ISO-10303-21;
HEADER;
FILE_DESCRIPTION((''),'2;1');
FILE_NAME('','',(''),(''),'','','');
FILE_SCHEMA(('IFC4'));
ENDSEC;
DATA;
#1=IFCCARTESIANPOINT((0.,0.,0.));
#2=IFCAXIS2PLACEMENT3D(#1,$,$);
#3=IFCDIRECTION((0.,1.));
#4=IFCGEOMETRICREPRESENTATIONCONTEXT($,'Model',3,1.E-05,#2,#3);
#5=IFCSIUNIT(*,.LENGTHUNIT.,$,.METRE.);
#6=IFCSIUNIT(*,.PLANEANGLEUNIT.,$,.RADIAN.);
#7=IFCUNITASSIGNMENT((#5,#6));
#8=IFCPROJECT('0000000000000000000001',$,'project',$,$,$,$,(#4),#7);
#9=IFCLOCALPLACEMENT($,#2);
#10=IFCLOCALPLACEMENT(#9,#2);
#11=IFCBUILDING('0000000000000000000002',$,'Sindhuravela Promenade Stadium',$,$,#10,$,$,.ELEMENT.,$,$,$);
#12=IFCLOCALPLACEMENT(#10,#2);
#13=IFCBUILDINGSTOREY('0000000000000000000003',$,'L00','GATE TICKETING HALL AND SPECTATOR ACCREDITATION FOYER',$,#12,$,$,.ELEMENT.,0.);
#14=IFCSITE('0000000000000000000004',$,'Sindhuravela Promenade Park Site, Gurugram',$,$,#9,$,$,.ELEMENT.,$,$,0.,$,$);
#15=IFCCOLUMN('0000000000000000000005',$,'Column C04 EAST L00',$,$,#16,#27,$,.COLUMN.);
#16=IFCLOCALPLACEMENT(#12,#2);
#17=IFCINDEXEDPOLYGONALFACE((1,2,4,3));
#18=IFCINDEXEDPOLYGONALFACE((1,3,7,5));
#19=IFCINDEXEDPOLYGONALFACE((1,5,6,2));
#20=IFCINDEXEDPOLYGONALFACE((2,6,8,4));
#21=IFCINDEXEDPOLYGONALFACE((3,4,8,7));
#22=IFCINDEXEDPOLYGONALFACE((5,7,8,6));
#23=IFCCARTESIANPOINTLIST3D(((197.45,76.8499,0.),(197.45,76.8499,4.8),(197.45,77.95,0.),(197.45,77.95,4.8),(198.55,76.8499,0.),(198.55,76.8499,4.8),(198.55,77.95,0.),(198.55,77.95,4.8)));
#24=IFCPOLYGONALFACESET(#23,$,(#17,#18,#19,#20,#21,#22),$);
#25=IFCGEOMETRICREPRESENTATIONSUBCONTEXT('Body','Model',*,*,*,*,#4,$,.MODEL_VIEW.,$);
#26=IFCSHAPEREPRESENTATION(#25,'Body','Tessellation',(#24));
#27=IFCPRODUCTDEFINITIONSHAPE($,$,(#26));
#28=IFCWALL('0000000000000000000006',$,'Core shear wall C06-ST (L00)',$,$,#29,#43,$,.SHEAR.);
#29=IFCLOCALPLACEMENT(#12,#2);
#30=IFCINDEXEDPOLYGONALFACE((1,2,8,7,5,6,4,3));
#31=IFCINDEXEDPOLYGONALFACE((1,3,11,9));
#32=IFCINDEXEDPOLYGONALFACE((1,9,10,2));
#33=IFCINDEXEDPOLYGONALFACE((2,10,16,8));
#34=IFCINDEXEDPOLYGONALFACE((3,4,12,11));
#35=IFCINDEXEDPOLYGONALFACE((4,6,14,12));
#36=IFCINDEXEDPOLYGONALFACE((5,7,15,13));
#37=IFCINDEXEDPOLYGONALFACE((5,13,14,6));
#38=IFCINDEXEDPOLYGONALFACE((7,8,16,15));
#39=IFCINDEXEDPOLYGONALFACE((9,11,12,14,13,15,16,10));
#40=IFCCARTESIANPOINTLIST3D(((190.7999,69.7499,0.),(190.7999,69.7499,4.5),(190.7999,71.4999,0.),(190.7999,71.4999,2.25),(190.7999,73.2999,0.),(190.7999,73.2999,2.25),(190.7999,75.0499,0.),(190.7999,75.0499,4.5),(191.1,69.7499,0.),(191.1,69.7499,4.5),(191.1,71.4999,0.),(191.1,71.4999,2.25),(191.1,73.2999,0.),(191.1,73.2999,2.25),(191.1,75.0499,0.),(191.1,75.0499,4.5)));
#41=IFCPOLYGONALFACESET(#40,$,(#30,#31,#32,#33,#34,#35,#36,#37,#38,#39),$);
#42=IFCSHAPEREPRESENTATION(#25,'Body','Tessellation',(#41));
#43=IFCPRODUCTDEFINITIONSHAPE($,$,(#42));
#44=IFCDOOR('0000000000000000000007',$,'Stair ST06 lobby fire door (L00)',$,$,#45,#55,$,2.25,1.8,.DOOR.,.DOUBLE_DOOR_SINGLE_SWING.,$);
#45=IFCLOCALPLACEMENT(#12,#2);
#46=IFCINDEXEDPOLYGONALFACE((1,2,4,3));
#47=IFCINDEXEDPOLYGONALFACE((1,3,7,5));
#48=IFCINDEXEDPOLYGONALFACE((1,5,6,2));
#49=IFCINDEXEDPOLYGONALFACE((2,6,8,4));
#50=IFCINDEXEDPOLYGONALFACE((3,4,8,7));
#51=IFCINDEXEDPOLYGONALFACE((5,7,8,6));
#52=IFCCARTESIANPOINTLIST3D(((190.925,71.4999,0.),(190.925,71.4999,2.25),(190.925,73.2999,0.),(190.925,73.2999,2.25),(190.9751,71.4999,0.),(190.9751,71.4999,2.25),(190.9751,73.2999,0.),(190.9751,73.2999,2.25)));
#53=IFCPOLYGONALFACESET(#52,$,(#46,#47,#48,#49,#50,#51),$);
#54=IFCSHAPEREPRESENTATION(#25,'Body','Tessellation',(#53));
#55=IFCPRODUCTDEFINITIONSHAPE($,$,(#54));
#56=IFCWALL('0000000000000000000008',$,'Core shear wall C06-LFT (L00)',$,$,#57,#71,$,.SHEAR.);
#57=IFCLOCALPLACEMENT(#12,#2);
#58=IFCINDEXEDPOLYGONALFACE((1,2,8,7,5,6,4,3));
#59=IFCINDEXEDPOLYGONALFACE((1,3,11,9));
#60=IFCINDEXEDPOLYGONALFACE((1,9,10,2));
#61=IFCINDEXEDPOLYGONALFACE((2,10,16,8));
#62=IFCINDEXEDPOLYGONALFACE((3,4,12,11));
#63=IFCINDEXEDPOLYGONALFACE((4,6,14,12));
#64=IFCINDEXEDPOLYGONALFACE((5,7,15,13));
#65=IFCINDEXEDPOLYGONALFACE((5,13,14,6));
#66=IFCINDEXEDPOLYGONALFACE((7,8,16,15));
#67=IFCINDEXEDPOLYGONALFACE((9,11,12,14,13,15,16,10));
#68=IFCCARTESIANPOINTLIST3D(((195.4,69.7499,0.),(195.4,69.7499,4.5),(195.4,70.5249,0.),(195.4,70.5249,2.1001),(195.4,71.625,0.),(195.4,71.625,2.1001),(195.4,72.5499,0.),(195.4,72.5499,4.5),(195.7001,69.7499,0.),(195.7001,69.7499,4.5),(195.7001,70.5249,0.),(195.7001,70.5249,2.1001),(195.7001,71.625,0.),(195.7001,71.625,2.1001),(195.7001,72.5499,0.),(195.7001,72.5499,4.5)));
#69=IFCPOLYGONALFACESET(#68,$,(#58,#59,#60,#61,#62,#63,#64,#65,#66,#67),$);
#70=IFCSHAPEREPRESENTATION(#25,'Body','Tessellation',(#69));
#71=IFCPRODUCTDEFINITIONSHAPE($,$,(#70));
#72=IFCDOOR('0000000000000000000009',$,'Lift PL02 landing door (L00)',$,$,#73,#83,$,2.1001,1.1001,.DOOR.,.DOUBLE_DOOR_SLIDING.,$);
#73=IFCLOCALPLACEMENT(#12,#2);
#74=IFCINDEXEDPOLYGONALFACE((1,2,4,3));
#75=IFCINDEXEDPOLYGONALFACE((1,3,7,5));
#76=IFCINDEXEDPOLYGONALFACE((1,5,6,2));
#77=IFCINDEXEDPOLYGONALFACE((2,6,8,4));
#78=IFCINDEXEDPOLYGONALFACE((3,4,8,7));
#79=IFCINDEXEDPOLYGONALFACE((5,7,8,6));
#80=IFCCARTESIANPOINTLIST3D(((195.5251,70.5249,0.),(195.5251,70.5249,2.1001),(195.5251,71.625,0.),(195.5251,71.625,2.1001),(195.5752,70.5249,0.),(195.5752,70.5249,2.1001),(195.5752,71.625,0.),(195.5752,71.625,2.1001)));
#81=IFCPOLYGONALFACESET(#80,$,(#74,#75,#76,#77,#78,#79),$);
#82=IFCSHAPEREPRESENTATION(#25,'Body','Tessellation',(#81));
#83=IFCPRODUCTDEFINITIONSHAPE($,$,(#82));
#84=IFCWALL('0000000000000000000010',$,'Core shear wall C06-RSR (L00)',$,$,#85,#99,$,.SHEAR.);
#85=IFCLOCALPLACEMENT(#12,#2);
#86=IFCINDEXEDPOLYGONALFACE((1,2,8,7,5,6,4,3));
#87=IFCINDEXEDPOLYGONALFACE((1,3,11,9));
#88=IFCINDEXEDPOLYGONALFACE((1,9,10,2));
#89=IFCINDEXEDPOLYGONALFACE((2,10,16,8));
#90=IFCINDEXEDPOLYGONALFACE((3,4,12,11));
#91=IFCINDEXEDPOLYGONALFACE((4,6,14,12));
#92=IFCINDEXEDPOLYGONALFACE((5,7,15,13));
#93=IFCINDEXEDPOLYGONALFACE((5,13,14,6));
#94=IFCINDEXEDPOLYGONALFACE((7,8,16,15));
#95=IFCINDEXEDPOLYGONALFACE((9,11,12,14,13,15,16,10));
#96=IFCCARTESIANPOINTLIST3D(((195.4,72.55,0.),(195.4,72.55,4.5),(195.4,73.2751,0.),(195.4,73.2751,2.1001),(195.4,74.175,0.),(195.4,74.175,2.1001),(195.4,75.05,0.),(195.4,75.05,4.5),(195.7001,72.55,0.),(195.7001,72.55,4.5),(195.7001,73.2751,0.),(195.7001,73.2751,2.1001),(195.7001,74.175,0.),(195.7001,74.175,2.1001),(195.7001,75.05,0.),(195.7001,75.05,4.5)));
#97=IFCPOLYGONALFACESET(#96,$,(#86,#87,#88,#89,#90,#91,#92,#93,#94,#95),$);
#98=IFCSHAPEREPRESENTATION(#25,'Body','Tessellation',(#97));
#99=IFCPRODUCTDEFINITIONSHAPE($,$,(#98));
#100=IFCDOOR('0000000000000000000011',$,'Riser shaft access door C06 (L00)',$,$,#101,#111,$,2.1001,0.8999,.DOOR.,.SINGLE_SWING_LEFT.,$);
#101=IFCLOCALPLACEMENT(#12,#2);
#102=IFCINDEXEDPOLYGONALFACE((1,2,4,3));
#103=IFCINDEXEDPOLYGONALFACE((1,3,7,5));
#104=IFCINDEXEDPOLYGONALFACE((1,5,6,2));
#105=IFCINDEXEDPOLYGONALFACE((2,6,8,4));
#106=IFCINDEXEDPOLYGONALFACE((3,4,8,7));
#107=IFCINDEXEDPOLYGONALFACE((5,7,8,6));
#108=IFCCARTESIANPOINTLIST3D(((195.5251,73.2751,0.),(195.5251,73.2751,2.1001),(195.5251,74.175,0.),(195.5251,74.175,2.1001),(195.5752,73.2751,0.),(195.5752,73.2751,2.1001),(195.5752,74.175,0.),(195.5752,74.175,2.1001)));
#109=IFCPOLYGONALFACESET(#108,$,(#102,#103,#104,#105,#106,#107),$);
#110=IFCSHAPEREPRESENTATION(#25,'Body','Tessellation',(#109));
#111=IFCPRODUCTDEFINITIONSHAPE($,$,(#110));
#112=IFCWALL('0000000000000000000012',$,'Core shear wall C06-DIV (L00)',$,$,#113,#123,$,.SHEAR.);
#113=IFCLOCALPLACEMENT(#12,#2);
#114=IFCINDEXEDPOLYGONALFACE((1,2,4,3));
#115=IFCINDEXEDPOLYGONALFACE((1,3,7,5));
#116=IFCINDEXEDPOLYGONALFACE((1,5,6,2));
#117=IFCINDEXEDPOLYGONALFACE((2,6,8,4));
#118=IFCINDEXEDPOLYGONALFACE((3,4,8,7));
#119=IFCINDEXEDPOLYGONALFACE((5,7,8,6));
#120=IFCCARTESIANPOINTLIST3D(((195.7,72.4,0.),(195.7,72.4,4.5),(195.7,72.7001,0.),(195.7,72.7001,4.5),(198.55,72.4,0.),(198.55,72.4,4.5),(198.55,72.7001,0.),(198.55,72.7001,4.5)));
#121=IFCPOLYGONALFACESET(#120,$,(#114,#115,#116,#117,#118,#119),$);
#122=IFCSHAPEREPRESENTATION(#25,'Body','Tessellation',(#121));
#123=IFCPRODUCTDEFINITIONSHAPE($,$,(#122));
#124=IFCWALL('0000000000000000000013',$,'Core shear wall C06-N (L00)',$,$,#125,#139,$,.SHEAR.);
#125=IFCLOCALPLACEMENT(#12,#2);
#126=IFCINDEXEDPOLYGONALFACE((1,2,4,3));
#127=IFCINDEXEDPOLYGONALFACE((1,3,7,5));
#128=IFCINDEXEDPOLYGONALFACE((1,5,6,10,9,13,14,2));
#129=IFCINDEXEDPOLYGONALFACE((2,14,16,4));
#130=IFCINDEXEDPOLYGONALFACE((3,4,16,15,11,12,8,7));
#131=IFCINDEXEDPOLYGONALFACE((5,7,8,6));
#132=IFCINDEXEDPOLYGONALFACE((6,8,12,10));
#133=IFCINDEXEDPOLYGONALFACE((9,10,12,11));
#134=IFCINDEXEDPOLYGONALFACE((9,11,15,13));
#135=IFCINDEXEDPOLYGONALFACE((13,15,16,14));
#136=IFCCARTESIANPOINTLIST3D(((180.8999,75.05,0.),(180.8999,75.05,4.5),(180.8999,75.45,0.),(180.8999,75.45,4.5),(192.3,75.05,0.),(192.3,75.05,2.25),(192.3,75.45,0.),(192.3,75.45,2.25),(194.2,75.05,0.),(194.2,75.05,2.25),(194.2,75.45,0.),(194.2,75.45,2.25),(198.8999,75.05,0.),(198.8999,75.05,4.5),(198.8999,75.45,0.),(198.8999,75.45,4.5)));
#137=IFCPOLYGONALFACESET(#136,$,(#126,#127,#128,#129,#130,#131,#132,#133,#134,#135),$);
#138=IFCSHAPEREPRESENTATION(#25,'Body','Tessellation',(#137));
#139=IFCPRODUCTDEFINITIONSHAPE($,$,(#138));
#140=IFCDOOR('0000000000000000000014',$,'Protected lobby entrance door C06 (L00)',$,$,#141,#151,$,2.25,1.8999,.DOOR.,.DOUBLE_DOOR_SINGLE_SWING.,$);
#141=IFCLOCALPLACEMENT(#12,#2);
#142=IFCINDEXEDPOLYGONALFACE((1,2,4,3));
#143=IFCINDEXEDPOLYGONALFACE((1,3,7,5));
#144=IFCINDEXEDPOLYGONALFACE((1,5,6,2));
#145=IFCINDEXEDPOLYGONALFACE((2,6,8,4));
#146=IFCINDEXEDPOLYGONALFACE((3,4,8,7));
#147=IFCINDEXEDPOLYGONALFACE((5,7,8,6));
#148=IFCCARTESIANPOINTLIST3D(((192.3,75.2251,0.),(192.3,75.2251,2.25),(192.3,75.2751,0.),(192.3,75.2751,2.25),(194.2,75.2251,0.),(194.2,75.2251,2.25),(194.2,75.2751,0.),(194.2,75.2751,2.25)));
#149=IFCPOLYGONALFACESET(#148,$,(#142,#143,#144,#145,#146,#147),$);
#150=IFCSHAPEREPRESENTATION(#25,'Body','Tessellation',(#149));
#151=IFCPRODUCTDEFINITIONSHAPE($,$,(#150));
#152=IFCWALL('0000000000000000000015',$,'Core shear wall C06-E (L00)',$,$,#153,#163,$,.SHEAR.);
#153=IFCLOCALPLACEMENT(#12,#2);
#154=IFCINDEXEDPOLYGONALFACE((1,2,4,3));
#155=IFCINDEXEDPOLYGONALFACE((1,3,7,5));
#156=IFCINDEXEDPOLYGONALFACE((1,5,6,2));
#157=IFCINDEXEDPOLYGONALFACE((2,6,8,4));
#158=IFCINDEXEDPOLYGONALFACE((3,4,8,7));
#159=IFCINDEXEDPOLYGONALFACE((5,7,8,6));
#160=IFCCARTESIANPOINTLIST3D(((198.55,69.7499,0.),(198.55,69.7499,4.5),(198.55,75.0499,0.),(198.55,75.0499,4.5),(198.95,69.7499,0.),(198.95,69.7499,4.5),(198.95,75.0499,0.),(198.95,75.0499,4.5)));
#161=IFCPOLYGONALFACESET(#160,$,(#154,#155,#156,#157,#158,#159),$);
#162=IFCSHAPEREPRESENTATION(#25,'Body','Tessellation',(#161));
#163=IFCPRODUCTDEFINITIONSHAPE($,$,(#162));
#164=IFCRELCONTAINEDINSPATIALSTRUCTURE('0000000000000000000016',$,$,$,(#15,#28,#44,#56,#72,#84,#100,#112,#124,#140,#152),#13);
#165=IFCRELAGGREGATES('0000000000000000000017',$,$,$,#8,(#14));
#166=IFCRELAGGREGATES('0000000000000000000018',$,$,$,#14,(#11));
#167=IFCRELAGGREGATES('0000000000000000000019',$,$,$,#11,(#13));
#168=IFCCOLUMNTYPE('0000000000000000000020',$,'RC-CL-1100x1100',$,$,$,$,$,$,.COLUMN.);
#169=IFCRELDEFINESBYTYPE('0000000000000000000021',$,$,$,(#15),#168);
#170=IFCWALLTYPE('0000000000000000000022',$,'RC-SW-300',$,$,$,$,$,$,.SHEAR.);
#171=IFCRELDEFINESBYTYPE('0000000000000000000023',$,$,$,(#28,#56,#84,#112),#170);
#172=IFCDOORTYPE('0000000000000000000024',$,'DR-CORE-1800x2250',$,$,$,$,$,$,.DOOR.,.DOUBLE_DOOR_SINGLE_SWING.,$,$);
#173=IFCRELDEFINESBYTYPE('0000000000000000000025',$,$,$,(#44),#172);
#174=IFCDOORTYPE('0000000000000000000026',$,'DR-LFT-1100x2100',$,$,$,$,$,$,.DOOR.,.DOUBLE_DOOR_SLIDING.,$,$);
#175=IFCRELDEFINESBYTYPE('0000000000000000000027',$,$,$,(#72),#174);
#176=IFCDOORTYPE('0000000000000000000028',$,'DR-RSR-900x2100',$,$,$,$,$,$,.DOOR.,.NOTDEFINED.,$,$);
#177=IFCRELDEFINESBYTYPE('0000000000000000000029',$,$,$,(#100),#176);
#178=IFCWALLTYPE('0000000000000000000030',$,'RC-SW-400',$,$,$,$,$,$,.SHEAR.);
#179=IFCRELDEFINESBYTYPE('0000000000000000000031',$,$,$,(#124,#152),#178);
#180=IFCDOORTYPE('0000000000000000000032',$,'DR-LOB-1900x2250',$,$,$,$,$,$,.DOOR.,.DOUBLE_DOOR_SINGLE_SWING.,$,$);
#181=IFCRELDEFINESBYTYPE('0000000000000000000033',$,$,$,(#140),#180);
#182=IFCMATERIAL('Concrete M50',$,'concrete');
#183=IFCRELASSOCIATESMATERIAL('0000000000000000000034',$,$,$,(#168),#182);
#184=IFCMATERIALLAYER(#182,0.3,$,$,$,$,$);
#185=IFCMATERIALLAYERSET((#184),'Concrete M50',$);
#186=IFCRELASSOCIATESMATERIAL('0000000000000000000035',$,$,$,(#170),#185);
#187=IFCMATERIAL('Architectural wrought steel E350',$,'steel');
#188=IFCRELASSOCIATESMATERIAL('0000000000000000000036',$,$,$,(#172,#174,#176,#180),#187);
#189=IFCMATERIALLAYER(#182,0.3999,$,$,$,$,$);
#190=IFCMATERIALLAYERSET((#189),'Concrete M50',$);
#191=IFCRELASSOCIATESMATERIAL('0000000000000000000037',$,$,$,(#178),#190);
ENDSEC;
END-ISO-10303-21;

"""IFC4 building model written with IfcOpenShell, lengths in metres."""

from ifc_helpers import new_model, si_unit, direction, frame, frame_2d, origin, origin_2d, place, context, subcontext, project, spatial, rectangle, extrude, material, layer, layer_set, material_profile, profile_set, type_object, element, fill, save


model = new_model("IFC4")

# Units and contexts
model_context = context("Model", 3, precision=1e-05, world=origin(), true_north=direction((0.0, 1.0)))
body_context = subcontext(model_context, "Body", "Model", "MODEL_VIEW")
ifc_project = project(units=[si_unit("LENGTHUNIT", "METRE"), si_unit("PLANEANGLEUNIT", "RADIAN")], contexts=[model_context])

# Site, building, storey
site_placement = place(None, origin())
site = spatial("IfcSite", under=ifc_project, at=site_placement, Name="Sindhuravela Promenade Park Site, Gurugram", CompositionType="ELEMENT", RefElevation=0.0)
building_placement = place(site_placement, origin())
building = spatial("IfcBuilding", under=site, at=building_placement, Name="Sindhuravela Promenade Stadium", CompositionType="ELEMENT")
storey_placement = place(building_placement, origin())
storey = spatial("IfcBuildingStorey", under=building, at=storey_placement, Name="L00", Description="GATE TICKETING HALL AND SPECTATOR ACCREDITATION FOYER", CompositionType="ELEMENT", Elevation=0.0)

# Shared definitions
ifc_material_1 = material(Name="Concrete M50", Category="concrete")

# Column
ifc_material_profile_1 = material_profile(ifc_material_1, rectangle(XDim=1.1001, YDim=1.1001, at=origin_2d()), Name="RC 1100x1100")
ifc_profile_set_1 = profile_set([ifc_material_profile_1], Name="Concrete M50")
column_type_1 = type_object("IfcColumnType", Name="RC-CL-1100x1100", PredefinedType="COLUMN", material=ifc_profile_set_1)
for number, where, z_axis, x_axis, name in (
    (1, (198.0, 77.3999, 0.0), (0.0, 0.0, 1.0), (1.0, 0.0, 0.0), "Column C04 EAST L00"),
):
    element("IfcColumn", number, at=place(storey_placement, frame(where, z_axis=z_axis, x_axis=x_axis)), inside=storey, type_object=column_type_1, Name=name, PredefinedType="COLUMN", context=body_context, shape_type="SweptSolid", body=[
        extrude(rectangle(XDim=1.1001, YDim=1.1001, at=origin_2d()), origin(), (0.0, 0.0, 1.0), 4.8),
    ])

# Walls, openings, doors
ifc_layer_1 = layer(ifc_material_1, 0.3)
ifc_layer_set_1 = layer_set([ifc_layer_1], Name="Concrete M50")
wall_type_1 = type_object("IfcWallType", Name="RC-SW-300", PredefinedType="SHEAR", material=ifc_layer_set_1)
wall_1_placement = place(storey_placement, frame((190.95, 69.75, 0.0), z_axis=(0.0, 0.0, 1.0), x_axis=(0.0, 1.0, 0.0)))
wall_1 = element("IfcWall", 2, at=wall_1_placement, inside=storey, type_object=wall_type_1, Name="Core shear wall C06-ST (L00)", PredefinedType="SHEAR", context=body_context, shape_type="SweptSolid", body=[
    extrude(rectangle(XDim=5.3, YDim=0.3, at=frame_2d((2.6499, 0.0))), origin(), (0.0, 0.0, 1.0), 4.5),
])
opening_1_placement = place(wall_1_placement, frame((1.75, 0.0, 0.0)))
opening_1 = element("IfcOpeningElement", 3, at=opening_1_placement, cuts=wall_1, PredefinedType="OPENING", context=body_context, shape_type="SweptSolid", body=[
    extrude(rectangle(XDim=1.8, YDim=2.25, at=frame_2d((0.8999, 1.125))), frame((0.0, 0.1599, 0.0), z_axis=(0.0, -1.0, 0.0), x_axis=(1.0, 0.0, 0.0)), (0.0, 0.0, 1.0), 0.3201),
])
ifc_material_2 = material(Name="Architectural wrought steel E350", Category="steel")
door_type_1 = type_object("IfcDoorType", Name="DR-CORE-1800x2250", OperationType="DOUBLE_DOOR_SINGLE_SWING", PredefinedType="DOOR", material=ifc_material_2)
door_1_placement = place(opening_1_placement, origin())
door_1 = element("IfcDoor", 4, at=door_1_placement, inside=storey, type_object=door_type_1, Name="Stair ST06 lobby fire door (L00)", OperationType="DOUBLE_DOOR_SINGLE_SWING", OverallHeight=2.25, OverallWidth=1.8, PredefinedType="DOOR", context=body_context, shape_type="SweptSolid", body=[
    extrude(rectangle(XDim=1.8, YDim=2.25, at=frame_2d((0.8999, 1.125))), frame((0.0, 0.0249, 0.0), z_axis=(0.0, -1.0, 0.0), x_axis=(1.0, 0.0, 0.0)), (0.0, 0.0, 1.0), 0.05),
])
fill(opening_1, door_1)
wall_2_placement = place(storey_placement, frame((195.55, 69.75, 0.0), z_axis=(0.0, 0.0, 1.0), x_axis=(0.0, 1.0, 0.0)))
wall_2 = element("IfcWall", 5, at=wall_2_placement, inside=storey, type_object=wall_type_1, Name="Core shear wall C06-LFT (L00)", PredefinedType="SHEAR", context=body_context, shape_type="SweptSolid", body=[
    extrude(rectangle(XDim=2.8, YDim=0.3, at=frame_2d((1.3999, 0.0))), origin(), (0.0, 0.0, 1.0), 4.5),
])
opening_2_placement = place(wall_2_placement, frame((0.7749, 0.0, 0.0)))
opening_2 = element("IfcOpeningElement", 6, at=opening_2_placement, cuts=wall_2, PredefinedType="OPENING", context=body_context, shape_type="SweptSolid", body=[
    extrude(rectangle(XDim=1.1001, YDim=2.1001, at=frame_2d((0.55, 1.05))), frame((0.0, 0.1599, 0.0), z_axis=(0.0, -1.0, 0.0), x_axis=(1.0, 0.0, 0.0)), (0.0, 0.0, 1.0), 0.3201),
])
door_type_2 = type_object("IfcDoorType", Name="DR-LFT-1100x2100", OperationType="DOUBLE_DOOR_SLIDING", PredefinedType="DOOR", material=ifc_material_2)
door_2_placement = place(opening_2_placement, origin())
door_2 = element("IfcDoor", 7, at=door_2_placement, inside=storey, type_object=door_type_2, Name="Lift PL02 landing door (L00)", OperationType="DOUBLE_DOOR_SLIDING", OverallHeight=2.1001, OverallWidth=1.1001, PredefinedType="DOOR", context=body_context, shape_type="SweptSolid", body=[
    extrude(rectangle(XDim=1.1001, YDim=2.1001, at=frame_2d((0.55, 1.05))), frame((0.0, 0.0249, 0.0), z_axis=(0.0, -1.0, 0.0), x_axis=(1.0, 0.0, 0.0)), (0.0, 0.0, 1.0), 0.05),
])
fill(opening_2, door_2)
wall_3_placement = place(storey_placement, frame((195.55, 72.55, 0.0), z_axis=(0.0, 0.0, 1.0), x_axis=(0.0, 1.0, 0.0)))
wall_3 = element("IfcWall", 8, at=wall_3_placement, inside=storey, type_object=wall_type_1, Name="Core shear wall C06-RSR (L00)", PredefinedType="SHEAR", context=body_context, shape_type="SweptSolid", body=[
    extrude(rectangle(XDim=2.5, YDim=0.3, at=frame_2d((1.25, 0.0))), origin(), (0.0, 0.0, 1.0), 4.5),
])
opening_3_placement = place(wall_3_placement, frame((0.7251, 0.0, 0.0)))
opening_3 = element("IfcOpeningElement", 9, at=opening_3_placement, cuts=wall_3, PredefinedType="OPENING", context=body_context, shape_type="SweptSolid", body=[
    extrude(rectangle(XDim=0.8999, YDim=2.1001, at=frame_2d((0.45, 1.05))), frame((0.0, 0.1599, 0.0), z_axis=(0.0, -1.0, 0.0), x_axis=(1.0, 0.0, 0.0)), (0.0, 0.0, 1.0), 0.3201),
])
door_type_3 = type_object("IfcDoorType", Name="DR-RSR-900x2100", OperationType="NOTDEFINED", PredefinedType="DOOR", material=ifc_material_2)
door_3_placement = place(opening_3_placement, origin())
door_3 = element("IfcDoor", 10, at=door_3_placement, inside=storey, type_object=door_type_3, Name="Riser shaft access door C06 (L00)", OperationType="SINGLE_SWING_LEFT", OverallHeight=2.1001, OverallWidth=0.8999, PredefinedType="DOOR", context=body_context, shape_type="SweptSolid", body=[
    extrude(rectangle(XDim=0.8999, YDim=2.1001, at=frame_2d((0.45, 1.05))), frame((0.0, 0.0249, 0.0), z_axis=(0.0, -1.0, 0.0), x_axis=(1.0, 0.0, 0.0)), (0.0, 0.0, 1.0), 0.05),
])
fill(opening_3, door_3)

# Wall
wall_4_placement = place(storey_placement, frame((195.7, 72.55, 0.0), z_axis=(0.0, 0.0, 1.0), x_axis=(1.0, 0.0, 0.0)))
element("IfcWall", 11, at=wall_4_placement, inside=storey, type_object=wall_type_1, Name="Core shear wall C06-DIV (L00)", PredefinedType="SHEAR", context=body_context, shape_type="SweptSolid", body=[
    extrude(rectangle(XDim=2.8501, YDim=0.3, at=frame_2d((1.425, 0.0))), origin(), (0.0, 0.0, 1.0), 4.5),
])

# Wall, opening, door
ifc_layer_2 = layer(ifc_material_1, 0.3999)
ifc_layer_set_2 = layer_set([ifc_layer_2], Name="Concrete M50")
wall_type_2 = type_object("IfcWallType", Name="RC-SW-400", PredefinedType="SHEAR", material=ifc_layer_set_2)
wall_5_placement = place(storey_placement, frame((198.8999, 75.25, 0.0), z_axis=(0.0, 0.0, 1.0), x_axis=(-1.0, 0.0, 0.0)))
wall_5 = element("IfcWall", 12, at=wall_5_placement, inside=storey, type_object=wall_type_2, Name="Core shear wall C06-N (L00)", PredefinedType="SHEAR", context=body_context, shape_type="SweptSolid", body=[
    extrude(rectangle(XDim=18.0, YDim=0.3999, at=frame_2d((9.0, 0.0))), origin(), (0.0, 0.0, 1.0), 4.5),
])
opening_4_placement = place(wall_5_placement, frame((4.7, 0.0, 0.0)))
opening_4 = element("IfcOpeningElement", 13, at=opening_4_placement, cuts=wall_5, PredefinedType="OPENING", context=body_context, shape_type="SweptSolid", body=[
    extrude(rectangle(XDim=1.8999, YDim=2.25, at=frame_2d((0.95, 1.125))), frame((0.0, 0.21, 0.0), z_axis=(0.0, -1.0, 0.0), x_axis=(1.0, 0.0, 0.0)), (0.0, 0.0, 1.0), 0.4199),
])
door_type_4 = type_object("IfcDoorType", Name="DR-LOB-1900x2250", OperationType="DOUBLE_DOOR_SINGLE_SWING", PredefinedType="DOOR", material=ifc_material_2)
door_4_placement = place(opening_4_placement, origin())
door_4 = element("IfcDoor", 14, at=door_4_placement, inside=storey, type_object=door_type_4, Name="Protected lobby entrance door C06 (L00)", OperationType="DOUBLE_DOOR_SINGLE_SWING", OverallHeight=2.25, OverallWidth=1.8999, PredefinedType="DOOR", context=body_context, shape_type="SweptSolid", body=[
    extrude(rectangle(XDim=1.8999, YDim=2.25, at=frame_2d((0.95, 1.125))), frame((0.0, 0.0249, 0.0), z_axis=(0.0, -1.0, 0.0), x_axis=(1.0, 0.0, 0.0)), (0.0, 0.0, 1.0), 0.05),
])
fill(opening_4, door_4)

# Wall
wall_6_placement = place(storey_placement, frame((198.75, 69.75, 0.0), z_axis=(0.0, 0.0, 1.0), x_axis=(0.0, 1.0, 0.0)))
element("IfcWall", 15, at=wall_6_placement, inside=storey, type_object=wall_type_2, Name="Core shear wall C06-E (L00)", PredefinedType="SHEAR", context=body_context, shape_type="SweptSolid", body=[
    extrude(rectangle(XDim=5.3, YDim=0.3999, at=frame_2d((2.6499, 0.0))), origin(), (0.0, 0.0, 1.0), 4.5),
])

save(model, "model.ifc")
